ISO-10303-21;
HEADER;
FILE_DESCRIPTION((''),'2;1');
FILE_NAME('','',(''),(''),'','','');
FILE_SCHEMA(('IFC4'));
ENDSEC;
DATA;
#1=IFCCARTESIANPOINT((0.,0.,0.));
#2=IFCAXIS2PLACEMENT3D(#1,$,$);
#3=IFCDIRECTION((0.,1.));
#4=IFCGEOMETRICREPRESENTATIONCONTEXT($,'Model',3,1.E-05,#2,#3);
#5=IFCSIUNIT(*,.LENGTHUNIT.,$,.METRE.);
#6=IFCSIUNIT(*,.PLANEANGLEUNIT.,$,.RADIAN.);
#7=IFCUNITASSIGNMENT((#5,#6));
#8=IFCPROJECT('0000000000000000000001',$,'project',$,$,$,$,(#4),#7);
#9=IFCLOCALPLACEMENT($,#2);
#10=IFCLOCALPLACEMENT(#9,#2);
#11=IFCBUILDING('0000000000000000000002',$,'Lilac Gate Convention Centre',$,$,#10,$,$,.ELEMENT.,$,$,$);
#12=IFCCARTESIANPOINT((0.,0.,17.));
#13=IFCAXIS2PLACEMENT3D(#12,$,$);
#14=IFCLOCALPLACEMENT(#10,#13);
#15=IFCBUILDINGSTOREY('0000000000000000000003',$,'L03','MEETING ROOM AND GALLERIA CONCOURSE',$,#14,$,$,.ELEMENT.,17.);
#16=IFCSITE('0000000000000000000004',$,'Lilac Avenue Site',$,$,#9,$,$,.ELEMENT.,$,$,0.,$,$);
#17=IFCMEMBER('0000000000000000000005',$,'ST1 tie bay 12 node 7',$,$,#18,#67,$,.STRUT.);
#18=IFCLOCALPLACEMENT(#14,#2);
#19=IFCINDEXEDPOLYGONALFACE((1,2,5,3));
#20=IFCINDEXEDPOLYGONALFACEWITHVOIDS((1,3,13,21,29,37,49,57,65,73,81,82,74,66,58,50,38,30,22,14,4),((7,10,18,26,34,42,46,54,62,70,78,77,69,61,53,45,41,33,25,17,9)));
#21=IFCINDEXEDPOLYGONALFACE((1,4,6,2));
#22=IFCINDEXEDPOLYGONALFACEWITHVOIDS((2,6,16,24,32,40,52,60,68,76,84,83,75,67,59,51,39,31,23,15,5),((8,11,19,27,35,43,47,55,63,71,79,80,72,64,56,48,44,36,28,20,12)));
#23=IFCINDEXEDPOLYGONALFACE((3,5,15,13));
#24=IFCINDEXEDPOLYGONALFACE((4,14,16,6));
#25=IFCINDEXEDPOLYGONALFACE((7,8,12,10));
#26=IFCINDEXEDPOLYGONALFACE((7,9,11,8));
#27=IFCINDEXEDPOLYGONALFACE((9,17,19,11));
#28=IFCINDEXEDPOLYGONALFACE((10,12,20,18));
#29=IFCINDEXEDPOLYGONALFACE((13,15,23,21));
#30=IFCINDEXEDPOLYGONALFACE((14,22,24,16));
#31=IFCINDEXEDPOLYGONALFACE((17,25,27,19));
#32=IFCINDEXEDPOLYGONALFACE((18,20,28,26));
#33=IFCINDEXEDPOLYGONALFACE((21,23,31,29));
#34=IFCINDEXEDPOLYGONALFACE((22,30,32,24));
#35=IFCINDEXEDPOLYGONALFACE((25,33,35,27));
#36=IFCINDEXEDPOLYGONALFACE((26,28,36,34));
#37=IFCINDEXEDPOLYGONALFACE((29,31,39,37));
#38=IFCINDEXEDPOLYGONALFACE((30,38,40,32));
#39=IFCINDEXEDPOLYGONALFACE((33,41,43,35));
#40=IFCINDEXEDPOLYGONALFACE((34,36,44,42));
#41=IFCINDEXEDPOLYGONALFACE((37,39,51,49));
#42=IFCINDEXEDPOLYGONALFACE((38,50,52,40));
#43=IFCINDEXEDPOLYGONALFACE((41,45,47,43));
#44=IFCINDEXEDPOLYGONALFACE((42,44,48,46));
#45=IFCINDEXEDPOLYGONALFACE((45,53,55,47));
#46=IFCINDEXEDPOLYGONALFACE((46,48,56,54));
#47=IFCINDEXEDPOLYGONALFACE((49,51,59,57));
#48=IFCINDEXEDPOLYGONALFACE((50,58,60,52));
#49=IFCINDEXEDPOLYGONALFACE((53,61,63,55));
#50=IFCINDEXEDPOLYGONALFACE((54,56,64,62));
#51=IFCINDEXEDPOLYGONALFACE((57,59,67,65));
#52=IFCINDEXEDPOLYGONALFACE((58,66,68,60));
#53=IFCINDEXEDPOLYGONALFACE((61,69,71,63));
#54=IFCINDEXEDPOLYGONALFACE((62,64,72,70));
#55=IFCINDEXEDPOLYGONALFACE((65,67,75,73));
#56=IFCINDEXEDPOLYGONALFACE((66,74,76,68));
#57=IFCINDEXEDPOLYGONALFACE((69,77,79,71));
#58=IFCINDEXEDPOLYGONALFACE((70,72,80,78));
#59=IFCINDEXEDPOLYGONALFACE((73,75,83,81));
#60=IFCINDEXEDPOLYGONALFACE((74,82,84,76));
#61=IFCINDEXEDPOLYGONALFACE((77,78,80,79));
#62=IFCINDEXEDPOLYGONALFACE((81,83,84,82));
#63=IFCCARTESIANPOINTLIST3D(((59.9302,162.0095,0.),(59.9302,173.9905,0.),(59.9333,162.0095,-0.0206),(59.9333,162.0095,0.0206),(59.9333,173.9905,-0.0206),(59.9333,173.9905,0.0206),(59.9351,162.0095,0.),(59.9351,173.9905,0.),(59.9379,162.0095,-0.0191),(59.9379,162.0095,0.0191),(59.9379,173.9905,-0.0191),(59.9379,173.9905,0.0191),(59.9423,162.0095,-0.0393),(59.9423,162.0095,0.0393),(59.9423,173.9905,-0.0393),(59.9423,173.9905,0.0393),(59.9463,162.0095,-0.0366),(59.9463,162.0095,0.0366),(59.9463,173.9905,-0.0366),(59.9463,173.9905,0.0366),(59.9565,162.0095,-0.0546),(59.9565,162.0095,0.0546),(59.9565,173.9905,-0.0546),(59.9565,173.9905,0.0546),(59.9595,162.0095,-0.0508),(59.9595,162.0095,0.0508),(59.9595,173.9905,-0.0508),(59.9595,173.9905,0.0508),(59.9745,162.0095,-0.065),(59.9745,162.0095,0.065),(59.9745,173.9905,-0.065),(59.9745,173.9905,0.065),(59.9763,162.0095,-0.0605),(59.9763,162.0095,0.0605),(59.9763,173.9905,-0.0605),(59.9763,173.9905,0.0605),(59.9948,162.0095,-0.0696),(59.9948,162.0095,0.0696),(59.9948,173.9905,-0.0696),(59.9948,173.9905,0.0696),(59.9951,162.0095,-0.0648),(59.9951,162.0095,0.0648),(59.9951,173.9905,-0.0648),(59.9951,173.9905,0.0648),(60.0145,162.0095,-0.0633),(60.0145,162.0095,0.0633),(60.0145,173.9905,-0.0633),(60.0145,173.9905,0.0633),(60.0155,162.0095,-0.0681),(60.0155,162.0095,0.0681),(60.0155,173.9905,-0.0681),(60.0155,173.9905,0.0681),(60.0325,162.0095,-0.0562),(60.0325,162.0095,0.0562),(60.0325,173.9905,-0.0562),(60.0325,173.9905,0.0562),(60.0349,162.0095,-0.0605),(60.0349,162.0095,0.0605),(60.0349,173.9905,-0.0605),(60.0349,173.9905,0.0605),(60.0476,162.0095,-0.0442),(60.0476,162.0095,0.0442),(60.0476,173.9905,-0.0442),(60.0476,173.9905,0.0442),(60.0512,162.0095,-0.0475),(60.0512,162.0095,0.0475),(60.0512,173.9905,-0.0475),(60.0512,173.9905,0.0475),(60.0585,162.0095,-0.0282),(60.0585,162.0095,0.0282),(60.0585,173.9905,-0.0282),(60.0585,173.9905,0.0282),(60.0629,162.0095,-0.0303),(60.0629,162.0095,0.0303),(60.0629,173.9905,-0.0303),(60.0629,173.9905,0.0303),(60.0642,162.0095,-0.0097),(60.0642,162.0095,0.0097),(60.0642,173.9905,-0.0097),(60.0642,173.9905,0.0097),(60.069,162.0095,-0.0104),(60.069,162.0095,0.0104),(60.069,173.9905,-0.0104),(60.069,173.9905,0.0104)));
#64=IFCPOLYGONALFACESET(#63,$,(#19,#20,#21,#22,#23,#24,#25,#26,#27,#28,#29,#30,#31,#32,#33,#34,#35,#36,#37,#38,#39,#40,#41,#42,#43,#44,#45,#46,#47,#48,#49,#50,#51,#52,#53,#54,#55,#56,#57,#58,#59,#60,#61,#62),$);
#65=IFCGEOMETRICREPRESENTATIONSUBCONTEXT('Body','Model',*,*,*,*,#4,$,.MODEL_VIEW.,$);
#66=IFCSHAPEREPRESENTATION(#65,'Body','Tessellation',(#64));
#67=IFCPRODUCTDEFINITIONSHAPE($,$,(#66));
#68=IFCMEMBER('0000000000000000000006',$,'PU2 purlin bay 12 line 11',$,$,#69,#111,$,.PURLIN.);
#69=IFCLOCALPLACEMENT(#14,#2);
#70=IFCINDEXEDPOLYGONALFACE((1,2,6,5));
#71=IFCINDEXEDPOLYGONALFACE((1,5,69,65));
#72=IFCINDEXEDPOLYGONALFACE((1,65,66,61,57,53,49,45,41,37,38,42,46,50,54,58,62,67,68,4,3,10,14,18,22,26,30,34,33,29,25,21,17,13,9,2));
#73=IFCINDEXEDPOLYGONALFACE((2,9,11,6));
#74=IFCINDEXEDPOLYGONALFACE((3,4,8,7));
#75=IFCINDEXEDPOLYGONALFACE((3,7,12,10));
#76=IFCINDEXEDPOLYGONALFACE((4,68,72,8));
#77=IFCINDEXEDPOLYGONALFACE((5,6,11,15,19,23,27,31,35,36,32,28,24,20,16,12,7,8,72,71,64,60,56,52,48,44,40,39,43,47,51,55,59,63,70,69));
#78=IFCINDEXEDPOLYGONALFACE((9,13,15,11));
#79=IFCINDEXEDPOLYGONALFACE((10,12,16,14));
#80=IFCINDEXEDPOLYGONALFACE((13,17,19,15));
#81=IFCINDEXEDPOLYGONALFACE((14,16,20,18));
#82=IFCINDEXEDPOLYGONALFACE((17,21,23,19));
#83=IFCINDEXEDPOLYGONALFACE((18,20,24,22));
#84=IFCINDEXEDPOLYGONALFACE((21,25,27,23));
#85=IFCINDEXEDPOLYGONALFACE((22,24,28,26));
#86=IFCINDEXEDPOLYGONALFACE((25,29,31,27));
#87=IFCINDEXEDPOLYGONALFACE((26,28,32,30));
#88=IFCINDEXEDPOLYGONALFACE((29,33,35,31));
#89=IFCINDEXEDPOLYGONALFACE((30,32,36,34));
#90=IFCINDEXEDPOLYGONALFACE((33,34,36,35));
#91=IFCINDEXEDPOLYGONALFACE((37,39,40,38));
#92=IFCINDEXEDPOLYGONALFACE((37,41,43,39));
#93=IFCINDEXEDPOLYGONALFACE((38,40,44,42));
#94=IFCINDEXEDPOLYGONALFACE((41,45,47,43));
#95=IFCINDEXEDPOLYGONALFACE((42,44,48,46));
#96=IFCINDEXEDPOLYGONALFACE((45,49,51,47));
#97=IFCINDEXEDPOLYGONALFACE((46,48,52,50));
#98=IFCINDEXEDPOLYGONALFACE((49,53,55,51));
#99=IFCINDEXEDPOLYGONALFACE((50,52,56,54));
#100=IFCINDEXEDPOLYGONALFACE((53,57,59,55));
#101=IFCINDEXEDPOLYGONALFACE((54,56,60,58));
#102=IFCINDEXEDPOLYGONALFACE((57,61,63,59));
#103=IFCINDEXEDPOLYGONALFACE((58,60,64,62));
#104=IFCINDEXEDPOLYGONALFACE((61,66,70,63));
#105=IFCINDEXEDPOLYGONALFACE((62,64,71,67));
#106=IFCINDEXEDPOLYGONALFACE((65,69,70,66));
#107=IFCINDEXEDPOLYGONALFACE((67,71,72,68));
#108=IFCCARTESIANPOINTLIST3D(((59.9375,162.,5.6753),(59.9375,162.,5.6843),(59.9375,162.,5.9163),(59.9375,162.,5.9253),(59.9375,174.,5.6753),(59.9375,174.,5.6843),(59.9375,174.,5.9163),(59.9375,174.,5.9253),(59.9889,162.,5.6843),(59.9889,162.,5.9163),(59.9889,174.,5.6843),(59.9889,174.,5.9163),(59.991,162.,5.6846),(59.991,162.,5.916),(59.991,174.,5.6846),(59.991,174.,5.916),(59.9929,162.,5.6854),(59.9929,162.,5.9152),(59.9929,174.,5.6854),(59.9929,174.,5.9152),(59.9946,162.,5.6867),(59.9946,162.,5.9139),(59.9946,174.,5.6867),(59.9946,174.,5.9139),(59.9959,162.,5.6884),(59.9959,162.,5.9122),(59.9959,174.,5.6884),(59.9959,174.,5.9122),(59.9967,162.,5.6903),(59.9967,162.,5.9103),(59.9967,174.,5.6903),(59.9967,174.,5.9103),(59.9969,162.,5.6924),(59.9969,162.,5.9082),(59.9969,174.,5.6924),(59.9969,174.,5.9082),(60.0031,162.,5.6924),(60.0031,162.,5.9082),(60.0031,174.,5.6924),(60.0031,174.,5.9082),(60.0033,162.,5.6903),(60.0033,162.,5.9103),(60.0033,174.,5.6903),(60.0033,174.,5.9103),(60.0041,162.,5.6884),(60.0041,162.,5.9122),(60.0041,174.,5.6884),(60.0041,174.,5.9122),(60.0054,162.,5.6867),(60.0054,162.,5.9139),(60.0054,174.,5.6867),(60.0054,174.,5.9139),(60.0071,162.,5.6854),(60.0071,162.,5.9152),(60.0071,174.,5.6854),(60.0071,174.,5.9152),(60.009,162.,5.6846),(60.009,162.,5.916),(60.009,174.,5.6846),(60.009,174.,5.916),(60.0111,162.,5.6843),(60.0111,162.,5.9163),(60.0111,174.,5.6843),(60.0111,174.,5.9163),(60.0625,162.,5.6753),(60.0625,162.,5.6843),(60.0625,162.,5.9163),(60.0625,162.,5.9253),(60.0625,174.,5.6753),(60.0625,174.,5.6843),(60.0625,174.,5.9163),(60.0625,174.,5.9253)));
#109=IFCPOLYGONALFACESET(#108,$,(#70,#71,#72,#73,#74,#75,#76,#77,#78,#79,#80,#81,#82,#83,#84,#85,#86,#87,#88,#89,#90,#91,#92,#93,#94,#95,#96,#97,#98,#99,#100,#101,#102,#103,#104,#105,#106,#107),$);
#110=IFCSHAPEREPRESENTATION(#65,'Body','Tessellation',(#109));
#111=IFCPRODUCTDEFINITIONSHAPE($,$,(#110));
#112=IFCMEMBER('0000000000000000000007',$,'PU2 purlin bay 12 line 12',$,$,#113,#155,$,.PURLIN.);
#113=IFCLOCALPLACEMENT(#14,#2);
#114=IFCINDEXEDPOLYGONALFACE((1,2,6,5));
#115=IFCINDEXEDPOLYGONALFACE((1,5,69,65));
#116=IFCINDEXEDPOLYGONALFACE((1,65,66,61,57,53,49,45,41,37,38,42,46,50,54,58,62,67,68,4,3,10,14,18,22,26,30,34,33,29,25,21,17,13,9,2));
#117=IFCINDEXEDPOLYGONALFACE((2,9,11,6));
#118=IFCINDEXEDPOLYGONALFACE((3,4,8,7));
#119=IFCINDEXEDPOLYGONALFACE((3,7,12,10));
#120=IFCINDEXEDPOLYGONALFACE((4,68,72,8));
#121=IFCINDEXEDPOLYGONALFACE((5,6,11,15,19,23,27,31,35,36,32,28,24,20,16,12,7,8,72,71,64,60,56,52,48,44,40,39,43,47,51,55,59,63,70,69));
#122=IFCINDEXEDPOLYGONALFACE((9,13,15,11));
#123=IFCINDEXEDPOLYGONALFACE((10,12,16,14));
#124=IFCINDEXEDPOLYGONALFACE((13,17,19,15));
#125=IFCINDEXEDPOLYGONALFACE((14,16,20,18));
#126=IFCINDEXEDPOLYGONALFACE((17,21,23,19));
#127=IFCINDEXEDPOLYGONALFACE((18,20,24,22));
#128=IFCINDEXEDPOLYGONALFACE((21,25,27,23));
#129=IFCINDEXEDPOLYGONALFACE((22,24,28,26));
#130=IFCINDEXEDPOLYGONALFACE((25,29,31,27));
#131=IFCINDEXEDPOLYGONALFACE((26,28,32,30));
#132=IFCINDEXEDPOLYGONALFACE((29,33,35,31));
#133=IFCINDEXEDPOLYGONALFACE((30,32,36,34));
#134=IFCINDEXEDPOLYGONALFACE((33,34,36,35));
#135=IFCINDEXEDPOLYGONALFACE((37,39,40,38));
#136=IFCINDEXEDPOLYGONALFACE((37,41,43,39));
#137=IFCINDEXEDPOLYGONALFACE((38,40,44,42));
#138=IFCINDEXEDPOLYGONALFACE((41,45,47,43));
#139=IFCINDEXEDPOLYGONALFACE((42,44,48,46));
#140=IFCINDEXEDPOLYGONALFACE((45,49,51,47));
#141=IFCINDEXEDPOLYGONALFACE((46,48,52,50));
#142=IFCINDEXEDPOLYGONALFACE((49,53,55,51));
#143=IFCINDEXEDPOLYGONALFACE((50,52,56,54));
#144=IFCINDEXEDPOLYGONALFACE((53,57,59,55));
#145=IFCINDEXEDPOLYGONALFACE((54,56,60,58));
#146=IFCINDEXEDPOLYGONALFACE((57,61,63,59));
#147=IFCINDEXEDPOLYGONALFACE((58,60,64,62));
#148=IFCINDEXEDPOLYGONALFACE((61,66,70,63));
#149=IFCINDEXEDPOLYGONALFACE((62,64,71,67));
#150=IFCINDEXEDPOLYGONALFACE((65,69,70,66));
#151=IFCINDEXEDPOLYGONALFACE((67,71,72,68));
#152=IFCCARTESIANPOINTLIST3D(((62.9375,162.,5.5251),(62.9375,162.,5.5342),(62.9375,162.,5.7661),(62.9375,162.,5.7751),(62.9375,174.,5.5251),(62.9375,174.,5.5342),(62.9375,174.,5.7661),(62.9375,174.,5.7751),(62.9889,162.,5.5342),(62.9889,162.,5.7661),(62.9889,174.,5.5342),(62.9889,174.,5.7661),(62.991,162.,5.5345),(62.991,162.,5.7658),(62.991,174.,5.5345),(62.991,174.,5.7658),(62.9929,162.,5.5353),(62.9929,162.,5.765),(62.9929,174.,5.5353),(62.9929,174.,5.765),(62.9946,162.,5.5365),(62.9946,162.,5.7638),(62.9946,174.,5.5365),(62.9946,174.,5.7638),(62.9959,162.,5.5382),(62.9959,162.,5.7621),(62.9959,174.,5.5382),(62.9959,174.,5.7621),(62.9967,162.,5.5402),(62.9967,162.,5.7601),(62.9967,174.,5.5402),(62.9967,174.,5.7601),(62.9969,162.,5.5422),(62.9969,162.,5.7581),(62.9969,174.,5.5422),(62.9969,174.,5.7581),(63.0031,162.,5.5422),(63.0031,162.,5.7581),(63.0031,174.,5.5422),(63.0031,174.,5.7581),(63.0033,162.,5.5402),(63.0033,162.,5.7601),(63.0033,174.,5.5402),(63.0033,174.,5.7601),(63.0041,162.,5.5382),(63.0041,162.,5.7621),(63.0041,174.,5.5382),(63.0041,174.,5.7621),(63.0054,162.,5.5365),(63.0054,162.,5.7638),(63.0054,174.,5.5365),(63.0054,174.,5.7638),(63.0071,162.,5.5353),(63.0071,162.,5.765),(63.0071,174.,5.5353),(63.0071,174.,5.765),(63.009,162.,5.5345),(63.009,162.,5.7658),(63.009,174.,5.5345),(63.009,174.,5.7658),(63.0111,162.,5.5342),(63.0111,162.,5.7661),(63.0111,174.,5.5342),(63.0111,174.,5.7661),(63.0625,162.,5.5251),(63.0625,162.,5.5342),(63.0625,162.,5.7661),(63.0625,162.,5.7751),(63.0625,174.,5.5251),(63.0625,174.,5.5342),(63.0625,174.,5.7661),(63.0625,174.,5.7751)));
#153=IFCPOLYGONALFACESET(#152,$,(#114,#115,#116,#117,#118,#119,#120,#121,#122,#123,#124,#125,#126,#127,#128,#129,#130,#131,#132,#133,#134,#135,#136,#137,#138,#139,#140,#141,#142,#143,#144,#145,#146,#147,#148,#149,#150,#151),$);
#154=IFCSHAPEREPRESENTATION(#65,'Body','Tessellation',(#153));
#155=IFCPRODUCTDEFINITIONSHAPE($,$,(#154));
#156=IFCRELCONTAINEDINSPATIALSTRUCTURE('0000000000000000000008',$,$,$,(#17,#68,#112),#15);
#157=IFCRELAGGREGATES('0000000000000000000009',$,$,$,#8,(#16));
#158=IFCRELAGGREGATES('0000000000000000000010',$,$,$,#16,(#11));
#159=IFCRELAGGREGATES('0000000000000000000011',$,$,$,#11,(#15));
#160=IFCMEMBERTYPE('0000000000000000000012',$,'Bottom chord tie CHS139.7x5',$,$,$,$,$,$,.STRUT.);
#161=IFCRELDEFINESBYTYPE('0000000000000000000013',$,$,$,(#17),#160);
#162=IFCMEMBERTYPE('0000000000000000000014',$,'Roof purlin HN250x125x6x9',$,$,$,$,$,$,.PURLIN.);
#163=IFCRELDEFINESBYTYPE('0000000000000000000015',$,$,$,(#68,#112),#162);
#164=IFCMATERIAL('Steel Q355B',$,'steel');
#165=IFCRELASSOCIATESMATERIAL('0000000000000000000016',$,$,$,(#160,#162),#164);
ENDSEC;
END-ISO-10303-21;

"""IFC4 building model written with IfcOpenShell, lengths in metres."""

from ifc_helpers import new_model, si_unit, direction, frame, origin, origin_2d, place, context, subcontext, project, spatial, hollow_circle, i_section, extrude, material, material_profile, profile_set, type_object, element, save


model = new_model("IFC4")

# Units and contexts
model_context = context("Model", 3, precision=1e-05, world=origin(), true_north=direction((0.0, 1.0)))
body_context = subcontext(model_context, "Body", "Model", "MODEL_VIEW")
ifc_project = project(units=[si_unit("LENGTHUNIT", "METRE"), si_unit("PLANEANGLEUNIT", "RADIAN")], contexts=[model_context])

# Site, building, storey
site_placement = place(None, origin())
site = spatial("IfcSite", under=ifc_project, at=site_placement, Name="Lilac Avenue Site", CompositionType="ELEMENT", RefElevation=0.0)
building_placement = place(site_placement, origin())
building = spatial("IfcBuilding", under=site, at=building_placement, Name="Lilac Gate Convention Centre", CompositionType="ELEMENT")
storey_placement = place(building_placement, frame((0.0, 0.0, 17.0)))
storey = spatial("IfcBuildingStorey", under=building, at=storey_placement, Name="L03", Description="MEETING ROOM AND GALLERIA CONCOURSE", CompositionType="ELEMENT", Elevation=17.0)

# Members
ifc_material = material(Name="Steel Q355B", Category="steel")
ifc_material_profile_1 = material_profile(ifc_material, hollow_circle(Radius=0.0698, WallThickness=0.0049, at=origin_2d()), Name="CHS139.7x5")
ifc_profile_set_1 = profile_set([ifc_material_profile_1], Name="Steel Q355B")
member_type_1 = type_object("IfcMemberType", Name="Bottom chord tie CHS139.7x5", PredefinedType="STRUT", material=ifc_profile_set_1)
for number, where, z_axis, x_axis, name in (
    (1, (60.0, 162.0095, 0.0), (0.0, 1.0, 0.0), (-1.0, 0.0, 0.0), "ST1 tie bay 12 node 7"),
):
    element("IfcMember", number, at=place(storey_placement, frame(where, z_axis=z_axis, x_axis=x_axis)), inside=storey, type_object=member_type_1, Name=name, PredefinedType="STRUT", context=body_context, shape_type="SweptSolid", body=[
        extrude(hollow_circle(Radius=0.0698, WallThickness=0.0049, at=origin_2d()), origin(), (0.0, 0.0, 1.0), 11.981),
    ])
ifc_material_profile_2 = material_profile(ifc_material, i_section(OverallWidth=0.125, OverallDepth=0.25, WebThickness=0.0061, FlangeThickness=0.009, FilletRadius=0.0081, at=origin_2d()), Name="HN250x125x6x9")
ifc_profile_set_2 = profile_set([ifc_material_profile_2], Name="Steel Q355B")
member_type_2 = type_object("IfcMemberType", Name="Roof purlin HN250x125x6x9", PredefinedType="PURLIN", material=ifc_profile_set_2)
for number, where, z_axis, x_axis, name in (
    (2, (60.0, 162.0, 5.8003), (0.0, 1.0, 0.0), (-1.0, 0.0, 0.0), "PU2 purlin bay 12 line 11"),
    (3, (63.0, 162.0, 5.6501), (0.0, 1.0, 0.0), (-1.0, 0.0, 0.0), "PU2 purlin bay 12 line 12"),
):
    element("IfcMember", number, at=place(storey_placement, frame(where, z_axis=z_axis, x_axis=x_axis)), inside=storey, type_object=member_type_2, Name=name, PredefinedType="PURLIN", context=body_context, shape_type="SweptSolid", body=[
        extrude(i_section(OverallWidth=0.125, OverallDepth=0.25, WebThickness=0.0061, FlangeThickness=0.009, FilletRadius=0.0081, at=origin_2d()), origin(), (0.0, 0.0, 1.0), 12.0),
    ])

save(model, "model.ifc")
